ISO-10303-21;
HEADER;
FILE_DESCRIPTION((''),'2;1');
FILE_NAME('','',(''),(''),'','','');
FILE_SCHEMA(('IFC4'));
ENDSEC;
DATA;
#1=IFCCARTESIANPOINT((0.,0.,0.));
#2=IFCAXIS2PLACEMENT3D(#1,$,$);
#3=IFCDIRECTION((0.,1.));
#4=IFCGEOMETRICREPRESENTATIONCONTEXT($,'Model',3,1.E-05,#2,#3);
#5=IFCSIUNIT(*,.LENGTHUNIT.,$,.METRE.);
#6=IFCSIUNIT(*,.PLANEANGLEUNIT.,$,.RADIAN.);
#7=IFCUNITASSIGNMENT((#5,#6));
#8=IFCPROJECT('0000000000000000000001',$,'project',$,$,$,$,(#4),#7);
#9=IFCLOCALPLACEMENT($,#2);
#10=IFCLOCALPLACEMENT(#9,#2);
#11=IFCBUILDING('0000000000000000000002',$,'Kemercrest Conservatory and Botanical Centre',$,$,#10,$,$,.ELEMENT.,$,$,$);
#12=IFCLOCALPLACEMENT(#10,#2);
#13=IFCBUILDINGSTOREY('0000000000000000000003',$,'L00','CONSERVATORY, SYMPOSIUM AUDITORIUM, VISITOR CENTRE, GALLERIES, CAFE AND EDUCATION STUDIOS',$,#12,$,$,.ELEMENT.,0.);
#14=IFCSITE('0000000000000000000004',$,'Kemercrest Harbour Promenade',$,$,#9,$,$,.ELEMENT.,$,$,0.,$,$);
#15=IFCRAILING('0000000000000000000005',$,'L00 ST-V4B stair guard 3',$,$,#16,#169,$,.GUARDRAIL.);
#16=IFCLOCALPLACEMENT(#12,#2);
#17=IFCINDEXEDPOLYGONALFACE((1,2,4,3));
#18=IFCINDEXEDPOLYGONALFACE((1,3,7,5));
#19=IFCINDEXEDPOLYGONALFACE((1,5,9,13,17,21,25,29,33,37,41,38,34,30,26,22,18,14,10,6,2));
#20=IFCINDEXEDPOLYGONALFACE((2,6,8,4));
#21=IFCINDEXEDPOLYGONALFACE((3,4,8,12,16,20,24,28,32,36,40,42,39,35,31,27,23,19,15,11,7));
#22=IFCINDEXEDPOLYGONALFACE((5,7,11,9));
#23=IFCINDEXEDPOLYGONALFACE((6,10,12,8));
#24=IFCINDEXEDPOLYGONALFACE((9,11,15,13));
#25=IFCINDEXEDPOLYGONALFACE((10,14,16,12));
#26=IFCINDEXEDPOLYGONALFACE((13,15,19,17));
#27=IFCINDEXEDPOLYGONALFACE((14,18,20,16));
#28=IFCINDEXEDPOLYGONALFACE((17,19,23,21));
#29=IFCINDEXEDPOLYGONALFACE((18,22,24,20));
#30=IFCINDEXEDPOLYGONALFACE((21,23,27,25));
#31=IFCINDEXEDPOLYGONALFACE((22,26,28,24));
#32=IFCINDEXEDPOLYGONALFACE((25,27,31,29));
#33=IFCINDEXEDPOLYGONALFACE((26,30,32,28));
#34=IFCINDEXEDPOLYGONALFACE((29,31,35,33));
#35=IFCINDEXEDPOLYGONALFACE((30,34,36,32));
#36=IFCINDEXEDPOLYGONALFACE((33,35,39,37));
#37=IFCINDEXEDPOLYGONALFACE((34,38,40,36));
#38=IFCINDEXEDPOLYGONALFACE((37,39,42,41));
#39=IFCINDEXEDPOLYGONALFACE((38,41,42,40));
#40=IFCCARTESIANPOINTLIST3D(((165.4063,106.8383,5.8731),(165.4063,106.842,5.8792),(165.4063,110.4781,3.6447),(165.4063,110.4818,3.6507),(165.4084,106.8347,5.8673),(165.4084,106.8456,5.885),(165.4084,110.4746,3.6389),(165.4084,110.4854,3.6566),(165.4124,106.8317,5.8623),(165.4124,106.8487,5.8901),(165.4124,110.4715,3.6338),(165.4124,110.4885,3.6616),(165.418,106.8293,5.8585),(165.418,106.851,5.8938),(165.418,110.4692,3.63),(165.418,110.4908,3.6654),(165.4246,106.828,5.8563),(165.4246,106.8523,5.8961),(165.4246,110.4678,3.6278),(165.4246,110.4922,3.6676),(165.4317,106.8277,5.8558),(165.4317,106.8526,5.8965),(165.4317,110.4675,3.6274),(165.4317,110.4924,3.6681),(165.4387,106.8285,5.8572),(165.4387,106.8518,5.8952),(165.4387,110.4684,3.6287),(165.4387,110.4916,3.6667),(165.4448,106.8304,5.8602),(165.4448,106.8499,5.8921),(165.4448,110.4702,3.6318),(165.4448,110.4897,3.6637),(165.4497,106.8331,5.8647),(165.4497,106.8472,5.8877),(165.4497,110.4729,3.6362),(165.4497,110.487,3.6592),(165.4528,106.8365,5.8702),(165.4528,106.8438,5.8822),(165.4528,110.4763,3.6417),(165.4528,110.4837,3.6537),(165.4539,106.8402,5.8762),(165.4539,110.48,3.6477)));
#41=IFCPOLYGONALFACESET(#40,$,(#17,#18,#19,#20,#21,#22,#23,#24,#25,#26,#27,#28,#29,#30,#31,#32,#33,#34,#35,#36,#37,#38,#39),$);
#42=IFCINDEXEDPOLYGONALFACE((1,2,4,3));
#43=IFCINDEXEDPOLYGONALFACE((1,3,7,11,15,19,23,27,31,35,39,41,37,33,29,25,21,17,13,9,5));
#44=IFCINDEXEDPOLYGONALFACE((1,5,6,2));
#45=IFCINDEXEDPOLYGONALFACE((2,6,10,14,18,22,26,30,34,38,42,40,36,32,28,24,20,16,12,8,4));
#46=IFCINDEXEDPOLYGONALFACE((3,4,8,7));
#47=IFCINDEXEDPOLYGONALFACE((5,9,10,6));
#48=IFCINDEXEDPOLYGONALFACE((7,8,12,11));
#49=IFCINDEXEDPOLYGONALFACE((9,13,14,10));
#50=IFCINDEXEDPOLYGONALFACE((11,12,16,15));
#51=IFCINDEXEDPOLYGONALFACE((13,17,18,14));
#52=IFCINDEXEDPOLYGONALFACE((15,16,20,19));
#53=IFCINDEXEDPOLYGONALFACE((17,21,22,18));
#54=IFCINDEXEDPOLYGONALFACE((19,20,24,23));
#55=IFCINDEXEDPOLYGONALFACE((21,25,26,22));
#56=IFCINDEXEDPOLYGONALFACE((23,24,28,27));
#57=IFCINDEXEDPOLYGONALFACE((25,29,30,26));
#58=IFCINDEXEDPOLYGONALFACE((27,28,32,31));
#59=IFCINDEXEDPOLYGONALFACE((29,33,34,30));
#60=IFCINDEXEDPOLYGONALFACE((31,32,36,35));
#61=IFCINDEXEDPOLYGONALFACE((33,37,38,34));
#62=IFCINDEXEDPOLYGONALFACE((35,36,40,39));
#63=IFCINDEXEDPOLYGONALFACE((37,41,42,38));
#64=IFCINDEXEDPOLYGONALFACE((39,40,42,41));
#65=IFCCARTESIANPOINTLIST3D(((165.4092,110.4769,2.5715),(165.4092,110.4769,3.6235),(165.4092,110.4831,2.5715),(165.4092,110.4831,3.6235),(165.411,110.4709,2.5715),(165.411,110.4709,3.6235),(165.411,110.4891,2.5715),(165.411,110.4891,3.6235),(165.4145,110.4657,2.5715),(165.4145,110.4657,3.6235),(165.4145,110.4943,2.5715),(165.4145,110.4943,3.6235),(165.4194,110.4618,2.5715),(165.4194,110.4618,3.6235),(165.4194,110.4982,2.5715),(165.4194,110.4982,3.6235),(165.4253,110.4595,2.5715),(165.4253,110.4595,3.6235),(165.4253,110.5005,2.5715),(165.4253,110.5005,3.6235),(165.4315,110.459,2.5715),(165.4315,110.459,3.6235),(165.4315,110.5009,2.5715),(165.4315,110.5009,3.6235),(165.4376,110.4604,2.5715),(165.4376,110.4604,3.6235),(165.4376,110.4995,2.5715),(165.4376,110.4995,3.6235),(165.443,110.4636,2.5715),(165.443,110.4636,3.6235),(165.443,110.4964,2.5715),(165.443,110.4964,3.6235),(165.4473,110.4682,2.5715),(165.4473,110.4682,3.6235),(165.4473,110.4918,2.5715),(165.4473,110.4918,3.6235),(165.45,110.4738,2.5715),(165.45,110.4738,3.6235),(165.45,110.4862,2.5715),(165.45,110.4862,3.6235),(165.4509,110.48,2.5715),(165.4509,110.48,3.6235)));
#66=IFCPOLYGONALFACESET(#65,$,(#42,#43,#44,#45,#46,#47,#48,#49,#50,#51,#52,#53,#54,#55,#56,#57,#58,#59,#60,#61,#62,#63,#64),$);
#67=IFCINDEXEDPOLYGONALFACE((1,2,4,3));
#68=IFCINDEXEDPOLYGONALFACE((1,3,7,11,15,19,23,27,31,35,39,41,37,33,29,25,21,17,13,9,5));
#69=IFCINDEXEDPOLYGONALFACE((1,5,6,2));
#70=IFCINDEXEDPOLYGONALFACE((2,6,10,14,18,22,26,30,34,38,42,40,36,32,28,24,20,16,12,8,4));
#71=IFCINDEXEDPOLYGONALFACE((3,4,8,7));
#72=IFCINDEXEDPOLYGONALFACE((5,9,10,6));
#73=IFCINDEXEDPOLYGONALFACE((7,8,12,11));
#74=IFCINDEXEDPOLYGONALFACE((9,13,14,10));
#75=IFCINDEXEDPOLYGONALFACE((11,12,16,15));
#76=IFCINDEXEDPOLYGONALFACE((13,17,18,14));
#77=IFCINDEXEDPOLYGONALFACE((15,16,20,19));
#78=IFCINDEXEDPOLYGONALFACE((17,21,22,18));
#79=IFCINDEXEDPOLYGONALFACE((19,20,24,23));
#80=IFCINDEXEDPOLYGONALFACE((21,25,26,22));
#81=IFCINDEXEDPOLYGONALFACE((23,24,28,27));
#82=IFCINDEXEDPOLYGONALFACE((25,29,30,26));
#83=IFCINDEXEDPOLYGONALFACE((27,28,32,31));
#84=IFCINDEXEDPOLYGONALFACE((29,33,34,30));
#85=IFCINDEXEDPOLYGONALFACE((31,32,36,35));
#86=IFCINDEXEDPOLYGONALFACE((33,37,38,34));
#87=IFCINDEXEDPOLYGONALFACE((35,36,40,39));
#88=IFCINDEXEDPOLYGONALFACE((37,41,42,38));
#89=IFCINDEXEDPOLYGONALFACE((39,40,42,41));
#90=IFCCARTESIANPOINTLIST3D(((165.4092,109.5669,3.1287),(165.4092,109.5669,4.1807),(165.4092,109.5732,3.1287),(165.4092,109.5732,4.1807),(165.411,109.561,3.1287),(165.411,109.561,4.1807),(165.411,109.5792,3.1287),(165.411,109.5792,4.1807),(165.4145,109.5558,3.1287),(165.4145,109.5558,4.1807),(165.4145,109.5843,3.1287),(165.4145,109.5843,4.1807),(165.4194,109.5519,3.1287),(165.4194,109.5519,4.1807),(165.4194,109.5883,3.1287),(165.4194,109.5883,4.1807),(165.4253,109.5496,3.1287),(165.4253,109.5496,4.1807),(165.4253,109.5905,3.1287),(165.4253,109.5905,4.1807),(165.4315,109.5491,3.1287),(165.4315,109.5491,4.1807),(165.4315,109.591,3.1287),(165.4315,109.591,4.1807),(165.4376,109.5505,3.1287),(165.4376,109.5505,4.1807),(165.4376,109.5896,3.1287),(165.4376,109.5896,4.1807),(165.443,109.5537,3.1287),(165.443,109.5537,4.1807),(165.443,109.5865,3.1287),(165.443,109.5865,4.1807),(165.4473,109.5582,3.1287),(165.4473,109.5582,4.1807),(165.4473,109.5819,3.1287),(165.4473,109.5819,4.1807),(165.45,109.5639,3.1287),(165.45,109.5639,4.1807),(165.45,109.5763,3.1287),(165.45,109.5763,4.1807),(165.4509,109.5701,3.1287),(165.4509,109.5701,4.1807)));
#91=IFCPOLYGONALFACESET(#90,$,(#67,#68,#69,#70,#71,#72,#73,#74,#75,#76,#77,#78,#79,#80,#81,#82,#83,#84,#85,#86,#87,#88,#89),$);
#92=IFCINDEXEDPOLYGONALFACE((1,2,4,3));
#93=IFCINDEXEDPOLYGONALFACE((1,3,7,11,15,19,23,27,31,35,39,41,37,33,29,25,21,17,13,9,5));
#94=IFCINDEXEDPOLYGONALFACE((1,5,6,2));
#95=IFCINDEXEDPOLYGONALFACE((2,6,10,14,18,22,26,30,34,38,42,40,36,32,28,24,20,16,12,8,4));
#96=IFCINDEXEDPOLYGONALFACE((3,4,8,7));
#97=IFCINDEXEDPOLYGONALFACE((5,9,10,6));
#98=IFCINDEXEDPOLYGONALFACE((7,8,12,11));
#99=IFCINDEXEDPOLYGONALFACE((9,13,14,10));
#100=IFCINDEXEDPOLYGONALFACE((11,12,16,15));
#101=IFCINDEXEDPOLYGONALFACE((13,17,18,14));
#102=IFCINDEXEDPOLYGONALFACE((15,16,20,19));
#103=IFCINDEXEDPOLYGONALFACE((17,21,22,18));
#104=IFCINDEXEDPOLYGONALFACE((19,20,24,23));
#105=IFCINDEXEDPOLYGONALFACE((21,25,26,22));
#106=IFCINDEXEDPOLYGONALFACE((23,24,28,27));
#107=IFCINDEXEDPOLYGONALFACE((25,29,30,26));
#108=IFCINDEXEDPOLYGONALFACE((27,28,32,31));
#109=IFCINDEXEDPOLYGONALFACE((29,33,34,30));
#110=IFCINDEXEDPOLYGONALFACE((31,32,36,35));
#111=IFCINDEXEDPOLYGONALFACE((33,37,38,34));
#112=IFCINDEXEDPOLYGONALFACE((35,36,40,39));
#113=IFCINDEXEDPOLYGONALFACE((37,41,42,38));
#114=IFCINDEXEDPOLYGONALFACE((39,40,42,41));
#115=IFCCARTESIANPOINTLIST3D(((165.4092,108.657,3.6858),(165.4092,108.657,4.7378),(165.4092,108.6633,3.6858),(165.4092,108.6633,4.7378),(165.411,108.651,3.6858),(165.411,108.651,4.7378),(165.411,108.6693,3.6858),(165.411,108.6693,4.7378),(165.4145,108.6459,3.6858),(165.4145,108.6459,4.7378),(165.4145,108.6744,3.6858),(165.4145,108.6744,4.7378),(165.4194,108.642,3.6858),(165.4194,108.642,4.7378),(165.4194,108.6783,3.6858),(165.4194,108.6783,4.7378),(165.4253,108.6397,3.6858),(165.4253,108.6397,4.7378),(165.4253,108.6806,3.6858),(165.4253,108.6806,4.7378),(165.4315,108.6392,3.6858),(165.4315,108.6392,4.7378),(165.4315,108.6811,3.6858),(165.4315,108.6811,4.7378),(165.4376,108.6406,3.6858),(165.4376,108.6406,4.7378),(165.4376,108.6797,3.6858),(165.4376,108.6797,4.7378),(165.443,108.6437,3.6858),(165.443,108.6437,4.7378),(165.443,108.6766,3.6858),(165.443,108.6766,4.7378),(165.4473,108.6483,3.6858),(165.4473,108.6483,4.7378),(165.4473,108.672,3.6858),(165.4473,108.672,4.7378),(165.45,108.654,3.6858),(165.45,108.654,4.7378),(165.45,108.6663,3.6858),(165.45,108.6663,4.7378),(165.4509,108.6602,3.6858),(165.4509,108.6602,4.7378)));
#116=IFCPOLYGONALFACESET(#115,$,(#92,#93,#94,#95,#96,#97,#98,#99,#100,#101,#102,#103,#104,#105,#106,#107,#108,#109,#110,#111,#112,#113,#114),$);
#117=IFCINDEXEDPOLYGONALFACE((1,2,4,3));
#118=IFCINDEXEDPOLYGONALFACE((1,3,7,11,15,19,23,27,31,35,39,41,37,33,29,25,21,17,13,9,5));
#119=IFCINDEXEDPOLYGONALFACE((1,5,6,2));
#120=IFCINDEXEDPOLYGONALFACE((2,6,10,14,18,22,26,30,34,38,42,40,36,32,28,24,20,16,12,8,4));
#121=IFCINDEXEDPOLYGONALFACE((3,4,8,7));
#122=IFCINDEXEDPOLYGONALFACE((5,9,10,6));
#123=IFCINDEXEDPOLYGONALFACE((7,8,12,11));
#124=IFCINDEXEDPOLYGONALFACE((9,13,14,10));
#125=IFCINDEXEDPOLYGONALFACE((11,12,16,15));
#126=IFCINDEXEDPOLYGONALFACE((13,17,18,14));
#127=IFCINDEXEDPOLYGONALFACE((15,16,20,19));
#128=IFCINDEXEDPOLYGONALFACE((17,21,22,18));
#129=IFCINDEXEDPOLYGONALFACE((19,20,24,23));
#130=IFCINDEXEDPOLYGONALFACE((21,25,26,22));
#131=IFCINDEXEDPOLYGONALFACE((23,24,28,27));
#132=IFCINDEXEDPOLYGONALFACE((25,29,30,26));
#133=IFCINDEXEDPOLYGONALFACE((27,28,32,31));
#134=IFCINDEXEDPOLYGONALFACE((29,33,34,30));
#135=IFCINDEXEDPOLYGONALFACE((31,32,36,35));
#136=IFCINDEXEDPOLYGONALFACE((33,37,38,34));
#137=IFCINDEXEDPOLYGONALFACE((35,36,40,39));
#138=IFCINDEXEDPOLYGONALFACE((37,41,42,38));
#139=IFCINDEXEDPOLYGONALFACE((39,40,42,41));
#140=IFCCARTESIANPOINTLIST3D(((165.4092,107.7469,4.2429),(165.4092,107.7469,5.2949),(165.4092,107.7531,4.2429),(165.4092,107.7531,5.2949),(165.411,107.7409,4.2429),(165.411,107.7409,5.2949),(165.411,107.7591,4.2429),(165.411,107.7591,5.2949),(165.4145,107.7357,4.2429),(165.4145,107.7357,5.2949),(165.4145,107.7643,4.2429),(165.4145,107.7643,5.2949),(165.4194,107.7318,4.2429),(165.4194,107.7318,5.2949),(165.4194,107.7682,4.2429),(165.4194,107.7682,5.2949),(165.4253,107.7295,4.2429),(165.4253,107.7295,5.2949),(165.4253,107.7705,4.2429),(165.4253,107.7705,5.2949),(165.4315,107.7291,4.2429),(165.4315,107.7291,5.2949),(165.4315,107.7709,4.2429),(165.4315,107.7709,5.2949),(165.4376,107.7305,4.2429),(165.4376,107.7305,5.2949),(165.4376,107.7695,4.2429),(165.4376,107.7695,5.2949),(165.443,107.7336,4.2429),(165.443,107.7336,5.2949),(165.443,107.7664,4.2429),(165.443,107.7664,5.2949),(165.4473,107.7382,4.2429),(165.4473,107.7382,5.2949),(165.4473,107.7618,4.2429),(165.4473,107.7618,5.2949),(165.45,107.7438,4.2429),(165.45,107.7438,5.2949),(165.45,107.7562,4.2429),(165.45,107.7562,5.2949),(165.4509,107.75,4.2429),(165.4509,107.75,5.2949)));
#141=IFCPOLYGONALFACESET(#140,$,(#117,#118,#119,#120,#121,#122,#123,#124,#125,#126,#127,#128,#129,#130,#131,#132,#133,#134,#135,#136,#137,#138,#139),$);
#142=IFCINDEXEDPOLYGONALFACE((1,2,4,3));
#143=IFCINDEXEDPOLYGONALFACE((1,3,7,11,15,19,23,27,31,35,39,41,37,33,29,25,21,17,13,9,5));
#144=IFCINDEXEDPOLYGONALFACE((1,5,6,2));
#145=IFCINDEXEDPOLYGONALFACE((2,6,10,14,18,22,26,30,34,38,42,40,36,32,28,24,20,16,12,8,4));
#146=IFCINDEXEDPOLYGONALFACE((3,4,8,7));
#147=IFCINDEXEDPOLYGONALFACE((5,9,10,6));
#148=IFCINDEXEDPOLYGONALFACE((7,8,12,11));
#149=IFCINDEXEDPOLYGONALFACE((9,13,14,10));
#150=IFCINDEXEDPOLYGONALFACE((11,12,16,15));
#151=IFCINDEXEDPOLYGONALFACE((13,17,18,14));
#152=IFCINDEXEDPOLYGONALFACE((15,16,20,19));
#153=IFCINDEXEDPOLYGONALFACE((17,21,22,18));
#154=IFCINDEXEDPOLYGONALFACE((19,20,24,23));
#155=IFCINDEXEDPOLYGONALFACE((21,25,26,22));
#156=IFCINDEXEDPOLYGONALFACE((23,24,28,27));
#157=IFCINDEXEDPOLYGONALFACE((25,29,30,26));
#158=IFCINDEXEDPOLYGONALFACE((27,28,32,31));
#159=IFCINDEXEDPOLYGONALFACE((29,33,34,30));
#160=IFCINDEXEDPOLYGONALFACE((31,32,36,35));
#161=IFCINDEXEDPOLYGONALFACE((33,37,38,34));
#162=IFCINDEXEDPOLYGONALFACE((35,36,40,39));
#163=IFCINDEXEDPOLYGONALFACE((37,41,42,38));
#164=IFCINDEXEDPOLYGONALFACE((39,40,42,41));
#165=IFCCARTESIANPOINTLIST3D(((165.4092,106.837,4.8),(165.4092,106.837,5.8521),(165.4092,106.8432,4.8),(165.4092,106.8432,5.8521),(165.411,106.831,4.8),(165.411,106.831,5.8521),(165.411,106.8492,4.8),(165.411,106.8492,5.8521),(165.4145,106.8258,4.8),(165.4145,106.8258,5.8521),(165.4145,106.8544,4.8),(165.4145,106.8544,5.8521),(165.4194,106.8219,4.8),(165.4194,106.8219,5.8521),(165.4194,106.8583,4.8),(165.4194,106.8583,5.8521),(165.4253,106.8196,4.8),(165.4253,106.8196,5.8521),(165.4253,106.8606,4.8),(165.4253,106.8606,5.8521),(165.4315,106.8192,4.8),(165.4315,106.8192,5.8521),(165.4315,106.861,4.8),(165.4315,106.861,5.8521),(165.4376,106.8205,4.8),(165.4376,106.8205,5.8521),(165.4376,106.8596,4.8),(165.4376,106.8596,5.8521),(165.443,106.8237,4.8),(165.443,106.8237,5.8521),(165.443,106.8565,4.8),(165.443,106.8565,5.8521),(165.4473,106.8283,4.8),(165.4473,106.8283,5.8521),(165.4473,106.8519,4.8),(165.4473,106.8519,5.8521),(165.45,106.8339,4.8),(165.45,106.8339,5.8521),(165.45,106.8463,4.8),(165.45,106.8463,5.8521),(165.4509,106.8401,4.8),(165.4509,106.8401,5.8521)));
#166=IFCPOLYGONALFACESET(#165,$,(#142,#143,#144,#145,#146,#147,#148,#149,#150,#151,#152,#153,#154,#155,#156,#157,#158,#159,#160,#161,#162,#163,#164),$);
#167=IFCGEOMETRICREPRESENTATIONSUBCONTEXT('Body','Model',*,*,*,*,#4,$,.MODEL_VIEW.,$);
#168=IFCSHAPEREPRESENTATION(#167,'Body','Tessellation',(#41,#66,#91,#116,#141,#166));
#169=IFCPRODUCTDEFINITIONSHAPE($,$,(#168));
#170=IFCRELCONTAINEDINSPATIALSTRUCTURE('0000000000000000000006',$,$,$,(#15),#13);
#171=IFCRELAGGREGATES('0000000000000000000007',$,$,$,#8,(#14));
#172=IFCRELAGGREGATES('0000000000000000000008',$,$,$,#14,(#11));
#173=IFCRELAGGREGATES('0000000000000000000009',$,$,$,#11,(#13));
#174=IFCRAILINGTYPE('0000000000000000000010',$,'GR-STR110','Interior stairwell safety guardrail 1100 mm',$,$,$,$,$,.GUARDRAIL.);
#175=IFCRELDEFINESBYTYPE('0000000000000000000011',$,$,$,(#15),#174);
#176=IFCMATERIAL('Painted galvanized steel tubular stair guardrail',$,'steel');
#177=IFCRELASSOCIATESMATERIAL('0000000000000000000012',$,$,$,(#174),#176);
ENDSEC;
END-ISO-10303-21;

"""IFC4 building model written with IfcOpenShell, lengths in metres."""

from ifc_helpers import new_model, si_unit, direction, frame, origin, origin_2d, place, context, subcontext, project, spatial, circle, extrude, material, type_object, element, save


model = new_model("IFC4")

# Units and contexts
model_context = context("Model", 3, precision=1e-05, world=origin(), true_north=direction((0.0, 1.0)))
body_context = subcontext(model_context, "Body", "Model", "MODEL_VIEW")
ifc_project = project(units=[si_unit("LENGTHUNIT", "METRE"), si_unit("PLANEANGLEUNIT", "RADIAN")], contexts=[model_context])

# Site, building, storey
site_placement = place(None, origin())
site = spatial("IfcSite", under=ifc_project, at=site_placement, Name="Kemercrest Harbour Promenade", CompositionType="ELEMENT", RefElevation=0.0)
building_placement = place(site_placement, origin())
building = spatial("IfcBuilding", under=site, at=building_placement, Name="Kemercrest Conservatory and Botanical Centre", CompositionType="ELEMENT")
storey_placement = place(building_placement, origin())
storey = spatial("IfcBuildingStorey", under=building, at=storey_placement, Name="L00", Description="CONSERVATORY, SYMPOSIUM AUDITORIUM, VISITOR CENTRE, GALLERIES, CAFE AND EDUCATION STUDIOS", CompositionType="ELEMENT", Elevation=0.0)

# Railing
ifc_material_1 = material(Name="Painted galvanized steel tubular stair guardrail", Category="steel")
railing_type_1 = type_object("IfcRailingType", Name="GR-STR110", Description="Interior stairwell safety guardrail 1100 mm", PredefinedType="GUARDRAIL", material=ifc_material_1)
railing_1_placement = place(storey_placement, frame((165.4299, 110.48, 2.5715)))
element("IfcRailing", 1, at=railing_1_placement, inside=storey, type_object=railing_type_1, Name="L00 ST-V4B stair guard 3", PredefinedType="GUARDRAIL", context=body_context, shape_type="SweptSolid", body=[
    extrude(circle(Radius=0.0239, at=origin_2d()), frame((0.0, 0.0, 1.0762), z_axis=(0.0, -0.85285, 0.522156), x_axis=(1.0, 0.0, 0.0)), (0.0, 0.0, 1.0), 4.2678),
    extrude(circle(Radius=0.021, at=origin_2d()), origin(), (0.0, 0.0, 1.0), 1.052),
    extrude(circle(Radius=0.021, at=origin_2d()), frame((0.0, -0.9099, 0.5571)), (0.0, 0.0, 1.0), 1.052),
    extrude(circle(Radius=0.021, at=origin_2d()), frame((0.0, -1.8198, 1.1143)), (0.0, 0.0, 1.0), 1.052),
    extrude(circle(Radius=0.021, at=origin_2d()), frame((0.0, -2.73, 1.6714)), (0.0, 0.0, 1.0), 1.052),
    extrude(circle(Radius=0.021, at=origin_2d()), frame((0.0, -3.6399, 2.2285)), (0.0, 0.0, 1.0), 1.052),
])

save(model, "model.ifc")
